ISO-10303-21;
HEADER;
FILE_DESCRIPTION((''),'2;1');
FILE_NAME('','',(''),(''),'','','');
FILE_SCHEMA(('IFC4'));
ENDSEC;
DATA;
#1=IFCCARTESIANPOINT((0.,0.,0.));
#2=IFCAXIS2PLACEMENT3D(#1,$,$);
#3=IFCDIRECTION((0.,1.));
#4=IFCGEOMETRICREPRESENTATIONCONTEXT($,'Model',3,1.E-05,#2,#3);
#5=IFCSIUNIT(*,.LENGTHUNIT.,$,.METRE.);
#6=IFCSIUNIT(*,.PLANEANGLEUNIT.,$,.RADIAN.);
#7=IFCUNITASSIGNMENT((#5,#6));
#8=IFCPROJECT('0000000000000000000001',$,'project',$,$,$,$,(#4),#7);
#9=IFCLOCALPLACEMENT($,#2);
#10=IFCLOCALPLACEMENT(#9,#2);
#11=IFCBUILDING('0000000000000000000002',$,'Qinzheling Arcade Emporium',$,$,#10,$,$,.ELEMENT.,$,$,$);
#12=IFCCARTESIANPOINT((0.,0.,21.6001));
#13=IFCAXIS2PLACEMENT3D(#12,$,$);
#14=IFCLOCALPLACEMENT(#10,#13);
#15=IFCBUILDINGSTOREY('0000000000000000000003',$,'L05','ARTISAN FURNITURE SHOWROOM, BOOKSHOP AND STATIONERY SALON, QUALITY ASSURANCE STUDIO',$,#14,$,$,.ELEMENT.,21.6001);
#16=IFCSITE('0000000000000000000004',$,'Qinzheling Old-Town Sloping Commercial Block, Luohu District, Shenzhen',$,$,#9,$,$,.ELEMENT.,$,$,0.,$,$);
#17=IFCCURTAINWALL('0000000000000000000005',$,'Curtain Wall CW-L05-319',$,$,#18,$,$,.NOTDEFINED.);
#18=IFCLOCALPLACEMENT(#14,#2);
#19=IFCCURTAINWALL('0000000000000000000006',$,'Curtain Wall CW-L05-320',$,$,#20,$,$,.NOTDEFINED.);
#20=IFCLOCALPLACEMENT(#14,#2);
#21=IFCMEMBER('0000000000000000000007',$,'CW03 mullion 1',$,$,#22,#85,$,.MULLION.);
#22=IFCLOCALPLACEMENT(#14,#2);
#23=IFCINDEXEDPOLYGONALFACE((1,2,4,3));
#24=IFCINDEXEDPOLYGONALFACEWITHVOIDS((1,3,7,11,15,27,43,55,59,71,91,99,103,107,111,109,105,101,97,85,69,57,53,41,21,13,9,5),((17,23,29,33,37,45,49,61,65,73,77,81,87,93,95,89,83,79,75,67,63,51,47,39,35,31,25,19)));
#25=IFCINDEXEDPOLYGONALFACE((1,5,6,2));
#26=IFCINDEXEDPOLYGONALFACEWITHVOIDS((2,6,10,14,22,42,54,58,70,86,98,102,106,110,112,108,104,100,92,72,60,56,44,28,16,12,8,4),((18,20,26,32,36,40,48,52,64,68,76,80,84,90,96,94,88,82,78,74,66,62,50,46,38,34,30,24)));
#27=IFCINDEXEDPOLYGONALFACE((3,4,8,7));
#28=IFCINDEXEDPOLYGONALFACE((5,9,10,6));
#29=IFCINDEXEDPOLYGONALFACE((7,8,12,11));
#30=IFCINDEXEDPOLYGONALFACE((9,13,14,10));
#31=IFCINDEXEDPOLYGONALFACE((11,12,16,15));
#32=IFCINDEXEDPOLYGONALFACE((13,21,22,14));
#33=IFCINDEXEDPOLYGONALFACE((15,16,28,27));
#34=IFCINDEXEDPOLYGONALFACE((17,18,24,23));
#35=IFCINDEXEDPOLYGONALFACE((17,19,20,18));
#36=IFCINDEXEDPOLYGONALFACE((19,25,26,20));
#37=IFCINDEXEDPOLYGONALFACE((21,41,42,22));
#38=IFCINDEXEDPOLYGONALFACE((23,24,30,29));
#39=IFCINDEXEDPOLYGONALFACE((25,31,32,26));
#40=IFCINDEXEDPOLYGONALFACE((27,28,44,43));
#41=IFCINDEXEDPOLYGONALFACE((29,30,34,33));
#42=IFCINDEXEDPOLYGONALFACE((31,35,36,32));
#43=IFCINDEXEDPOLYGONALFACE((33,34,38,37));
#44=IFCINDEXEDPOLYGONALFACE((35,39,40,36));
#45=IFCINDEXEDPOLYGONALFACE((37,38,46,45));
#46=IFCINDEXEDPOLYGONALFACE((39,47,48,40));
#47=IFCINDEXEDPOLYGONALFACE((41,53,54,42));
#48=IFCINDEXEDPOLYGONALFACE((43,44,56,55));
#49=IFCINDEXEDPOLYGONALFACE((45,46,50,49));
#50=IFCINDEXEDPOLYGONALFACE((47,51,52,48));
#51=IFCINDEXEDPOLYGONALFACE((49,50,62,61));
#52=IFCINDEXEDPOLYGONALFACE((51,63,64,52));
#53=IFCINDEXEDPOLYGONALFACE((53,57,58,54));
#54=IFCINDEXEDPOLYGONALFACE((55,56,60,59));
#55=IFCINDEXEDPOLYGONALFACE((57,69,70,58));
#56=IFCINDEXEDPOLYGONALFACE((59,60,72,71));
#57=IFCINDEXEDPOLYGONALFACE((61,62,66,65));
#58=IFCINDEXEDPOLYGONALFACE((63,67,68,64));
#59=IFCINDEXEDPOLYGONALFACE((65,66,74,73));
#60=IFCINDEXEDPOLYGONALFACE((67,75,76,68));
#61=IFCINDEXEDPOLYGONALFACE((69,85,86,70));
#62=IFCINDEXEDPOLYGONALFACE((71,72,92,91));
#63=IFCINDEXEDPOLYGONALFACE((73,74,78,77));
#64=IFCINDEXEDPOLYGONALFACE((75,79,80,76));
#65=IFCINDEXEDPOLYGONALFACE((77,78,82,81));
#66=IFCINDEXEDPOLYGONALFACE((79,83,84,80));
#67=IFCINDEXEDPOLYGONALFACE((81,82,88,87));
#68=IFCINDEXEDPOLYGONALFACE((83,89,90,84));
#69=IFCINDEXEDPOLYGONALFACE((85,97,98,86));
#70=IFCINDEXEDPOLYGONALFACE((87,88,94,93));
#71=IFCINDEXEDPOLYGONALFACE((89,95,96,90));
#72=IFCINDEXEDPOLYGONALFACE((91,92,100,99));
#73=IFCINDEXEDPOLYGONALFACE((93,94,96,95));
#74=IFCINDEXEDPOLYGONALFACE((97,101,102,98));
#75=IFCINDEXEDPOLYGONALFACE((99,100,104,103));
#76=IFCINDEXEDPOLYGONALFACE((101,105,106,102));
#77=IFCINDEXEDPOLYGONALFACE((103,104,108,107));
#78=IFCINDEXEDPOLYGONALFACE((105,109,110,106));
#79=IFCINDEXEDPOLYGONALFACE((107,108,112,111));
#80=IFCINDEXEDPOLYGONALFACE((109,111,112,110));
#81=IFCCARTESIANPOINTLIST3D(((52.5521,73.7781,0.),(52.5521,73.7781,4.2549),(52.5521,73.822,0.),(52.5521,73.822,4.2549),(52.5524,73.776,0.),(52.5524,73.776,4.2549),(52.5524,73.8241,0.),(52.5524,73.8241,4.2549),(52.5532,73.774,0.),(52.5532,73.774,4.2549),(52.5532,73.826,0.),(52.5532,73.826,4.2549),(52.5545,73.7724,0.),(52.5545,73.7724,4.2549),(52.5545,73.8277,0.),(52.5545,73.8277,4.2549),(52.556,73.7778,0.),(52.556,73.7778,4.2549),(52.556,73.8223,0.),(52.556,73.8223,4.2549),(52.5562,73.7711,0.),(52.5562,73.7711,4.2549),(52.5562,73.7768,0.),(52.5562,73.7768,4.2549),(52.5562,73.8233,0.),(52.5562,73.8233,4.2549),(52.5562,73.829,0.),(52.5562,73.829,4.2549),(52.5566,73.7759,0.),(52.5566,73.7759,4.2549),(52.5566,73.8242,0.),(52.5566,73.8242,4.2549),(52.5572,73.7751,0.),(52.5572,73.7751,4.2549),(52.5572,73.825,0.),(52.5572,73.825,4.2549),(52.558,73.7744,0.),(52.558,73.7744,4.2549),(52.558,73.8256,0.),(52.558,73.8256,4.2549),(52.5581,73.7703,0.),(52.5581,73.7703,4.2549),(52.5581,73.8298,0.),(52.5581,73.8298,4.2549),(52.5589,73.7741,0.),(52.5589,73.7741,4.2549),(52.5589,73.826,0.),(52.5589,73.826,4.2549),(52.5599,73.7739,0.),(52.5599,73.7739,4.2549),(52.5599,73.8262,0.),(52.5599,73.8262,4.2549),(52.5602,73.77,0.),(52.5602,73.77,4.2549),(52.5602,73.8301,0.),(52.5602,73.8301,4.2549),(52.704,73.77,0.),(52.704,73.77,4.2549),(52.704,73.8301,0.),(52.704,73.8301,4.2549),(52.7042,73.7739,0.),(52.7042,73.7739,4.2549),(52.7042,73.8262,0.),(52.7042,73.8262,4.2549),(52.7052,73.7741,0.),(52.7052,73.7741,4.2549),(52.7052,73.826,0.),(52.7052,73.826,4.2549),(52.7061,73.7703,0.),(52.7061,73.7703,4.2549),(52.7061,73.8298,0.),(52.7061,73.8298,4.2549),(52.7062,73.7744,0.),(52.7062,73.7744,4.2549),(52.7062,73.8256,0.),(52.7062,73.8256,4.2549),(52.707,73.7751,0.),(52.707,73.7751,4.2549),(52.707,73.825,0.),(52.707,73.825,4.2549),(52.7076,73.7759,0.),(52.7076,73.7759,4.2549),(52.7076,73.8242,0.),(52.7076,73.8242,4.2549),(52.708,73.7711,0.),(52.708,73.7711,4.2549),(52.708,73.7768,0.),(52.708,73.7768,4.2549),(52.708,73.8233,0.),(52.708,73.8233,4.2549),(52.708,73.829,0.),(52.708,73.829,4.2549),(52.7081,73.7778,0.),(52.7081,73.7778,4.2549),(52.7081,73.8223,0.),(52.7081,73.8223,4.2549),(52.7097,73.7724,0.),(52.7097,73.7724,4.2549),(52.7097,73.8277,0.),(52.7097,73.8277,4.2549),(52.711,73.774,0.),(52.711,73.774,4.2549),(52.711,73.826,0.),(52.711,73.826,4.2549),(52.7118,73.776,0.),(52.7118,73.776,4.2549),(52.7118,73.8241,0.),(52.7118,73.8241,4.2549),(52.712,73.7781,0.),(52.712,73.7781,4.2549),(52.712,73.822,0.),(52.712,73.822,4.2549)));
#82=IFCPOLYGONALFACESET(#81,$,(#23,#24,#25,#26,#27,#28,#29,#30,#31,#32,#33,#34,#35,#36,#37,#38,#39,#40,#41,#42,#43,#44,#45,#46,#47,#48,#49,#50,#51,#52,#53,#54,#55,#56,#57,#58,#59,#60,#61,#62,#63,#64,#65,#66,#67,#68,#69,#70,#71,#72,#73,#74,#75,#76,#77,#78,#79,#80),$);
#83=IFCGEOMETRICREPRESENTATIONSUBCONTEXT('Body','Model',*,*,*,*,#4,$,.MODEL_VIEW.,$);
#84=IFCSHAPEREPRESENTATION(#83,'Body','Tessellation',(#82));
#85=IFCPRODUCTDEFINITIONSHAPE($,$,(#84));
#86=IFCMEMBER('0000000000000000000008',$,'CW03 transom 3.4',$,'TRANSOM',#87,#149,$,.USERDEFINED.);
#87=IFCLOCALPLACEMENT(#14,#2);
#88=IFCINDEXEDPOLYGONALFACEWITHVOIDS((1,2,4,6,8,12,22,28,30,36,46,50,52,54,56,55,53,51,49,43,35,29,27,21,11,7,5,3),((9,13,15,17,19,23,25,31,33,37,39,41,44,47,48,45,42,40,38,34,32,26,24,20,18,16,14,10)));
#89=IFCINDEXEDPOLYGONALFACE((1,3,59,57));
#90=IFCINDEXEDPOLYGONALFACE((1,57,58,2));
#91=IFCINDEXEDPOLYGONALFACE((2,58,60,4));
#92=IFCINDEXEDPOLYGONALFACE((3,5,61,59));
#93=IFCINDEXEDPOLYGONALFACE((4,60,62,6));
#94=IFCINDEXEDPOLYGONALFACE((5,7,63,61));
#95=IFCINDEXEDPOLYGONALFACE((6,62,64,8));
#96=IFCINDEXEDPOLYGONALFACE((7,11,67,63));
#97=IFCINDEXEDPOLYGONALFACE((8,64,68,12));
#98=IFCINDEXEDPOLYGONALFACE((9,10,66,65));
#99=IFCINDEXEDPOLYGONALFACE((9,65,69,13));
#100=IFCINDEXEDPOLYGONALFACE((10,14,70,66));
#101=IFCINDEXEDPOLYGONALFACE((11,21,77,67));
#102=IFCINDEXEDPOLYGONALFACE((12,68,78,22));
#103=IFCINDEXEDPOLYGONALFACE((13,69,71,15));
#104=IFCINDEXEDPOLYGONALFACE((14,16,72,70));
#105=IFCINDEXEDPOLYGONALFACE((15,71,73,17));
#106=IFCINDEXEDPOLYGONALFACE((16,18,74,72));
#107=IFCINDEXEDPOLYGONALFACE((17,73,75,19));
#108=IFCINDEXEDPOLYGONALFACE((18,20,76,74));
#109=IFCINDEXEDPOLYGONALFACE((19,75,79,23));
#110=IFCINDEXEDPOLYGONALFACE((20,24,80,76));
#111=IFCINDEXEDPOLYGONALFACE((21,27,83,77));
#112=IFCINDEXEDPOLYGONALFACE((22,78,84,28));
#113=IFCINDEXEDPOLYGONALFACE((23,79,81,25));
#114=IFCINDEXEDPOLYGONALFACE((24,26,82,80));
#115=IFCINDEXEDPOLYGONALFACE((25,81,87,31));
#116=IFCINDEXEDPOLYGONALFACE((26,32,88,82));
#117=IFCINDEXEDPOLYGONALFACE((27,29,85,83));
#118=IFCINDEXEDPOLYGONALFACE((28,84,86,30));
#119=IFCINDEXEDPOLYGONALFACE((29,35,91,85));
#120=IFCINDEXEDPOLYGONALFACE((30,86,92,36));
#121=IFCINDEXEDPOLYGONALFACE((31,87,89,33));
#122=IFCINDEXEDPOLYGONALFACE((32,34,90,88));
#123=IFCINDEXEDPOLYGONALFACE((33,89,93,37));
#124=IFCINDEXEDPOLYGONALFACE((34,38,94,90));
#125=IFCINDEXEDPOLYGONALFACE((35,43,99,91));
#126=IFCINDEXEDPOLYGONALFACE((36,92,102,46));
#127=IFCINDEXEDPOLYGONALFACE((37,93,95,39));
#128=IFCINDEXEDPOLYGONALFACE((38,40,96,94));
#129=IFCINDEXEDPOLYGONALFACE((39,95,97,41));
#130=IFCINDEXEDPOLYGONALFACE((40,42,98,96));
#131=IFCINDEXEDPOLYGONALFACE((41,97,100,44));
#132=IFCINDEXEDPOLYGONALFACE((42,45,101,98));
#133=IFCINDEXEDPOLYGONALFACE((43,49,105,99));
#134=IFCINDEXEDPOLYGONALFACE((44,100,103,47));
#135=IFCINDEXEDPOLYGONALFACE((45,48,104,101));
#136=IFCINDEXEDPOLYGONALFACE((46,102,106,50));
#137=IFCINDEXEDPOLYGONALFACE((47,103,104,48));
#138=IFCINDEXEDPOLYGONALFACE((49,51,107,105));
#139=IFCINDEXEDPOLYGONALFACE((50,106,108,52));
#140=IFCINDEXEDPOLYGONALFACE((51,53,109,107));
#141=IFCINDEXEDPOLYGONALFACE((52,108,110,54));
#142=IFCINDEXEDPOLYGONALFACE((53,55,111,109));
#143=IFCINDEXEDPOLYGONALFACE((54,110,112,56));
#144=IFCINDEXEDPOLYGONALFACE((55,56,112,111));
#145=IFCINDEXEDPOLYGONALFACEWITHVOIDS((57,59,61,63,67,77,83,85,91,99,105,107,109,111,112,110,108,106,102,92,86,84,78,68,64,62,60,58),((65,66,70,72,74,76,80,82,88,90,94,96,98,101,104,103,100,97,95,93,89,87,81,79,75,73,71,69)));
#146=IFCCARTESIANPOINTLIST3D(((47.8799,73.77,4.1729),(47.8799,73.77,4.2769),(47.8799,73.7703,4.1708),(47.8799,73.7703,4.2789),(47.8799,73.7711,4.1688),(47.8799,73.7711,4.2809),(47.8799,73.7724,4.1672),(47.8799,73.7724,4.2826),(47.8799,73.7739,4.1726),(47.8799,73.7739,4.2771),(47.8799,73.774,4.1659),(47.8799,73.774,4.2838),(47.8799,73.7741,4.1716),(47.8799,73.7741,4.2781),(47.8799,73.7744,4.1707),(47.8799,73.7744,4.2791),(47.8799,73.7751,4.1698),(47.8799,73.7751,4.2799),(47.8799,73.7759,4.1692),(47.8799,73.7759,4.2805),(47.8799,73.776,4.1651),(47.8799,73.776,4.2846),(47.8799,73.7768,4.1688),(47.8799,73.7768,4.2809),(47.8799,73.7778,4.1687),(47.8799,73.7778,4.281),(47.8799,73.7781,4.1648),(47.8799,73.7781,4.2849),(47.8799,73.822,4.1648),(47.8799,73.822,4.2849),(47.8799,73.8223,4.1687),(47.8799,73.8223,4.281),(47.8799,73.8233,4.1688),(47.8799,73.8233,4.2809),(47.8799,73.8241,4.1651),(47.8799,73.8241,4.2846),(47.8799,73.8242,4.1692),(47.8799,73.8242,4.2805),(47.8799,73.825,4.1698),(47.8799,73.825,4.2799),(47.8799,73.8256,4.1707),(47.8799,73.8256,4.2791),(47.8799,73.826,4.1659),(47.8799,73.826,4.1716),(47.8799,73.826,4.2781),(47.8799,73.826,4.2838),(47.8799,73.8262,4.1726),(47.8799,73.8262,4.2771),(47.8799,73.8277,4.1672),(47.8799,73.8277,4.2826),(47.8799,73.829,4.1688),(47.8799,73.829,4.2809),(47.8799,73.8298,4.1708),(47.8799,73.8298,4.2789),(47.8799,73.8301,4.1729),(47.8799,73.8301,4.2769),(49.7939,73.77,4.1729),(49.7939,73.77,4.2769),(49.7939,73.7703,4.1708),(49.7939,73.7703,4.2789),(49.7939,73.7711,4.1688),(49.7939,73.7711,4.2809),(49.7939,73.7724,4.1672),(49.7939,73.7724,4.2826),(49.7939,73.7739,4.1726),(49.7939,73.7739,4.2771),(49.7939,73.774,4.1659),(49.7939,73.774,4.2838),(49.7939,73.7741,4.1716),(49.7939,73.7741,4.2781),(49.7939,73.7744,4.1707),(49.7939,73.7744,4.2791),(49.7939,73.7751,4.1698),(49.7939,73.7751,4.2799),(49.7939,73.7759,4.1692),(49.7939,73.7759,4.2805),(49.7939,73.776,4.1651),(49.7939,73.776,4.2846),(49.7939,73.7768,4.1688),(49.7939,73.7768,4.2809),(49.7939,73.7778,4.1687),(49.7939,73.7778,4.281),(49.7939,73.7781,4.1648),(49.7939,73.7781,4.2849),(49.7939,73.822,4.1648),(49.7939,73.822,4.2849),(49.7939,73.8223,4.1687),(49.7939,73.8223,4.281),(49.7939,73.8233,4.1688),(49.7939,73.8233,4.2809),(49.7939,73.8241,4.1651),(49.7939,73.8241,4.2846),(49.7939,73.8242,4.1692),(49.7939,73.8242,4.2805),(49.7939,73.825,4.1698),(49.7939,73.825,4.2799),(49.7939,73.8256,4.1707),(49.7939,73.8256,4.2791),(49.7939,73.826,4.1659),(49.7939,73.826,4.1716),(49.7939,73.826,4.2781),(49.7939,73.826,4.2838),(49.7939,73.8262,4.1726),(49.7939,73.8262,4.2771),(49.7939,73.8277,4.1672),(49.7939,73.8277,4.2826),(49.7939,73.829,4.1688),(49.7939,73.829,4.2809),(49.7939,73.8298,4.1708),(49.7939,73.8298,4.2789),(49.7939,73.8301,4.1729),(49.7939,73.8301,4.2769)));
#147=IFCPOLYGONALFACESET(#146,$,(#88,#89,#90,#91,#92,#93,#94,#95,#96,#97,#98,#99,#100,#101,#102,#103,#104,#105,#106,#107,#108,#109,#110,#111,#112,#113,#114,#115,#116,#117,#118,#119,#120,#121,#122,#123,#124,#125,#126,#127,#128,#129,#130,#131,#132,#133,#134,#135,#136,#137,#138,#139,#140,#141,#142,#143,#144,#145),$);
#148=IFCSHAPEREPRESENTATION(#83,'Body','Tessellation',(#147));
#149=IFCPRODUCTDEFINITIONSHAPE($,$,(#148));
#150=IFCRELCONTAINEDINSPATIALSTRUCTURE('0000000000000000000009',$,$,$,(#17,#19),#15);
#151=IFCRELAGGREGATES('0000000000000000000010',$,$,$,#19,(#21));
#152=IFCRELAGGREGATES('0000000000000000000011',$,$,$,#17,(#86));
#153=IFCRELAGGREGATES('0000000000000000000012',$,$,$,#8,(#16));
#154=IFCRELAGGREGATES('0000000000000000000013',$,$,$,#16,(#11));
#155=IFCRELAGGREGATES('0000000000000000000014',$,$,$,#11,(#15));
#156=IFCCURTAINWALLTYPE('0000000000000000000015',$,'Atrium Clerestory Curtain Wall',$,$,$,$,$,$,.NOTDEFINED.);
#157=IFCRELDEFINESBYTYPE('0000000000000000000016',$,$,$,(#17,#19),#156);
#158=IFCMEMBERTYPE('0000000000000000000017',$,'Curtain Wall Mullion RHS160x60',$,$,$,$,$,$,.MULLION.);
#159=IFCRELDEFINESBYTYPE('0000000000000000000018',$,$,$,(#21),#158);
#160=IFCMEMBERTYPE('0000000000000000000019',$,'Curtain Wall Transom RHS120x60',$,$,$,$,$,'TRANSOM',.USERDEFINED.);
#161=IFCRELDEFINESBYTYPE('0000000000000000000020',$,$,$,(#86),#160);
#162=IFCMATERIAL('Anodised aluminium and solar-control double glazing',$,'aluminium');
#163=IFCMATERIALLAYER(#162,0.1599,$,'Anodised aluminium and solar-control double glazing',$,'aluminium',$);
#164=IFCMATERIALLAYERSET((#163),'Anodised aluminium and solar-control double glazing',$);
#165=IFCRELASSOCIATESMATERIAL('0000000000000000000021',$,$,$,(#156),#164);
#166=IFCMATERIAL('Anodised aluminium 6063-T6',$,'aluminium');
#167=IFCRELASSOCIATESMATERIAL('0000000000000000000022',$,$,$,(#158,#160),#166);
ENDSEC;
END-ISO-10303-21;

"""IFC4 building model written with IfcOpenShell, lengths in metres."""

from ifc_helpers import new_model, si_unit, direction, frame, origin, origin_2d, place, context, subcontext, project, spatial, hollow_rectangle, extrude, material, layer, layer_set, material_profile, profile_set, type_object, element, aggregate, save


model = new_model("IFC4")

# Units and contexts
model_context = context("Model", 3, precision=1e-05, world=origin(), true_north=direction((0.0, 1.0)))
body_context = subcontext(model_context, "Body", "Model", "MODEL_VIEW")
ifc_project = project(units=[si_unit("LENGTHUNIT", "METRE"), si_unit("PLANEANGLEUNIT", "RADIAN")], contexts=[model_context])

# Site, building, storey
site_placement = place(None, origin())
site = spatial("IfcSite", under=ifc_project, at=site_placement, Name="Qinzheling Old-Town Sloping Commercial Block, Luohu District, Shenzhen", CompositionType="ELEMENT", RefElevation=0.0)
building_placement = place(site_placement, origin())
building = spatial("IfcBuilding", under=site, at=building_placement, Name="Qinzheling Arcade Emporium", CompositionType="ELEMENT")
storey_placement = place(building_placement, frame((0.0, 0.0, 21.6001)))
storey = spatial("IfcBuildingStorey", under=building, at=storey_placement, Name="L05", Description="ARTISAN FURNITURE SHOWROOM, BOOKSHOP AND STATIONERY SALON, QUALITY ASSURANCE STUDIO", CompositionType="ELEMENT", Elevation=21.6001)

# Curtain wall
ifc_material_1 = material(Name="Anodised aluminium and solar-control double glazing", Category="aluminium")
ifc_layer_1 = layer(ifc_material_1, 0.1599, Name="Anodised aluminium and solar-control double glazing", Category="aluminium")
ifc_layer_set_1 = layer_set([ifc_layer_1], Name="Anodised aluminium and solar-control double glazing")
curtain_wall_type = type_object("IfcCurtainWallType", Name="Atrium Clerestory Curtain Wall", PredefinedType="NOTDEFINED", material=ifc_layer_set_1)
curtain_wall_1_placement = place(storey_placement, origin())
curtain_wall_1 = element("IfcCurtainWall", 1, at=curtain_wall_1_placement, inside=storey, type_object=curtain_wall_type, Name="Curtain Wall CW-L05-319", PredefinedType="NOTDEFINED")
ifc_material_2 = material(Name="Anodised aluminium 6063-T6", Category="aluminium")
ifc_material_profile_1 = material_profile(ifc_material_2, hollow_rectangle(XDim=0.0601, YDim=0.1599, WallThickness=0.0039, InnerFilletRadius=0.0039, OuterFilletRadius=0.0081, at=origin_2d()), Name="RHS 160x60x4", Category="aluminium")
ifc_profile_set_1 = profile_set([ifc_material_profile_1], Name="Anodised aluminium 6063-T6")
member_type_1 = type_object("IfcMemberType", Name="Curtain Wall Mullion RHS160x60", PredefinedType="MULLION", material=ifc_profile_set_1)

# Curtain wall, member
curtain_wall_2_placement = place(storey_placement, origin())
curtain_wall_2 = element("IfcCurtainWall", 2, at=curtain_wall_2_placement, inside=storey, type_object=curtain_wall_type, Name="Curtain Wall CW-L05-320", PredefinedType="NOTDEFINED")
member_1_placement = place(storey_placement, frame((52.6321, 73.8, 0.0), z_axis=(0.0, 0.0, 1.0), x_axis=(0.0, 1.0, 0.0)))
member_1 = element("IfcMember", 3, at=member_1_placement, type_object=member_type_1, Name="CW03 mullion 1", PredefinedType="MULLION", context=body_context, shape_type="SweptSolid", body=[
    extrude(hollow_rectangle(XDim=0.0601, YDim=0.1599, WallThickness=0.0039, InnerFilletRadius=0.0039, OuterFilletRadius=0.0081, at=origin_2d()), origin(), (0.0, 0.0, 1.0), 4.2549),
])

# Member
ifc_material_profile_2 = material_profile(ifc_material_2, hollow_rectangle(XDim=0.0601, YDim=0.1201, WallThickness=0.0039, InnerFilletRadius=0.0039, OuterFilletRadius=0.0081, at=origin_2d()), Name="RHS 120x60x4", Category="aluminium")
ifc_profile_set_2 = profile_set([ifc_material_profile_2], Name="Anodised aluminium 6063-T6")
member_type_2 = type_object("IfcMemberType", Name="Curtain Wall Transom RHS120x60", ElementType="TRANSOM", PredefinedType="USERDEFINED", material=ifc_profile_set_2)
member_2_placement = place(storey_placement, frame((47.8799, 73.8, 4.2249), z_axis=(1.0, 0.0, 0.0), x_axis=(0.0, 1.0, 0.0)))
member_2 = element("IfcMember", 4, at=member_2_placement, type_object=member_type_2, Name="CW03 transom 3.4", ObjectType="TRANSOM", PredefinedType="USERDEFINED", context=body_context, shape_type="SweptSolid", body=[
    extrude(hollow_rectangle(XDim=0.0601, YDim=0.1201, WallThickness=0.0039, InnerFilletRadius=0.0039, OuterFilletRadius=0.0081, at=origin_2d()), origin(), (0.0, 0.0, 1.0), 1.9141),
])
aggregate(curtain_wall_2, [member_1])

aggregate(curtain_wall_1, [member_2])

save(model, "model.ifc")
